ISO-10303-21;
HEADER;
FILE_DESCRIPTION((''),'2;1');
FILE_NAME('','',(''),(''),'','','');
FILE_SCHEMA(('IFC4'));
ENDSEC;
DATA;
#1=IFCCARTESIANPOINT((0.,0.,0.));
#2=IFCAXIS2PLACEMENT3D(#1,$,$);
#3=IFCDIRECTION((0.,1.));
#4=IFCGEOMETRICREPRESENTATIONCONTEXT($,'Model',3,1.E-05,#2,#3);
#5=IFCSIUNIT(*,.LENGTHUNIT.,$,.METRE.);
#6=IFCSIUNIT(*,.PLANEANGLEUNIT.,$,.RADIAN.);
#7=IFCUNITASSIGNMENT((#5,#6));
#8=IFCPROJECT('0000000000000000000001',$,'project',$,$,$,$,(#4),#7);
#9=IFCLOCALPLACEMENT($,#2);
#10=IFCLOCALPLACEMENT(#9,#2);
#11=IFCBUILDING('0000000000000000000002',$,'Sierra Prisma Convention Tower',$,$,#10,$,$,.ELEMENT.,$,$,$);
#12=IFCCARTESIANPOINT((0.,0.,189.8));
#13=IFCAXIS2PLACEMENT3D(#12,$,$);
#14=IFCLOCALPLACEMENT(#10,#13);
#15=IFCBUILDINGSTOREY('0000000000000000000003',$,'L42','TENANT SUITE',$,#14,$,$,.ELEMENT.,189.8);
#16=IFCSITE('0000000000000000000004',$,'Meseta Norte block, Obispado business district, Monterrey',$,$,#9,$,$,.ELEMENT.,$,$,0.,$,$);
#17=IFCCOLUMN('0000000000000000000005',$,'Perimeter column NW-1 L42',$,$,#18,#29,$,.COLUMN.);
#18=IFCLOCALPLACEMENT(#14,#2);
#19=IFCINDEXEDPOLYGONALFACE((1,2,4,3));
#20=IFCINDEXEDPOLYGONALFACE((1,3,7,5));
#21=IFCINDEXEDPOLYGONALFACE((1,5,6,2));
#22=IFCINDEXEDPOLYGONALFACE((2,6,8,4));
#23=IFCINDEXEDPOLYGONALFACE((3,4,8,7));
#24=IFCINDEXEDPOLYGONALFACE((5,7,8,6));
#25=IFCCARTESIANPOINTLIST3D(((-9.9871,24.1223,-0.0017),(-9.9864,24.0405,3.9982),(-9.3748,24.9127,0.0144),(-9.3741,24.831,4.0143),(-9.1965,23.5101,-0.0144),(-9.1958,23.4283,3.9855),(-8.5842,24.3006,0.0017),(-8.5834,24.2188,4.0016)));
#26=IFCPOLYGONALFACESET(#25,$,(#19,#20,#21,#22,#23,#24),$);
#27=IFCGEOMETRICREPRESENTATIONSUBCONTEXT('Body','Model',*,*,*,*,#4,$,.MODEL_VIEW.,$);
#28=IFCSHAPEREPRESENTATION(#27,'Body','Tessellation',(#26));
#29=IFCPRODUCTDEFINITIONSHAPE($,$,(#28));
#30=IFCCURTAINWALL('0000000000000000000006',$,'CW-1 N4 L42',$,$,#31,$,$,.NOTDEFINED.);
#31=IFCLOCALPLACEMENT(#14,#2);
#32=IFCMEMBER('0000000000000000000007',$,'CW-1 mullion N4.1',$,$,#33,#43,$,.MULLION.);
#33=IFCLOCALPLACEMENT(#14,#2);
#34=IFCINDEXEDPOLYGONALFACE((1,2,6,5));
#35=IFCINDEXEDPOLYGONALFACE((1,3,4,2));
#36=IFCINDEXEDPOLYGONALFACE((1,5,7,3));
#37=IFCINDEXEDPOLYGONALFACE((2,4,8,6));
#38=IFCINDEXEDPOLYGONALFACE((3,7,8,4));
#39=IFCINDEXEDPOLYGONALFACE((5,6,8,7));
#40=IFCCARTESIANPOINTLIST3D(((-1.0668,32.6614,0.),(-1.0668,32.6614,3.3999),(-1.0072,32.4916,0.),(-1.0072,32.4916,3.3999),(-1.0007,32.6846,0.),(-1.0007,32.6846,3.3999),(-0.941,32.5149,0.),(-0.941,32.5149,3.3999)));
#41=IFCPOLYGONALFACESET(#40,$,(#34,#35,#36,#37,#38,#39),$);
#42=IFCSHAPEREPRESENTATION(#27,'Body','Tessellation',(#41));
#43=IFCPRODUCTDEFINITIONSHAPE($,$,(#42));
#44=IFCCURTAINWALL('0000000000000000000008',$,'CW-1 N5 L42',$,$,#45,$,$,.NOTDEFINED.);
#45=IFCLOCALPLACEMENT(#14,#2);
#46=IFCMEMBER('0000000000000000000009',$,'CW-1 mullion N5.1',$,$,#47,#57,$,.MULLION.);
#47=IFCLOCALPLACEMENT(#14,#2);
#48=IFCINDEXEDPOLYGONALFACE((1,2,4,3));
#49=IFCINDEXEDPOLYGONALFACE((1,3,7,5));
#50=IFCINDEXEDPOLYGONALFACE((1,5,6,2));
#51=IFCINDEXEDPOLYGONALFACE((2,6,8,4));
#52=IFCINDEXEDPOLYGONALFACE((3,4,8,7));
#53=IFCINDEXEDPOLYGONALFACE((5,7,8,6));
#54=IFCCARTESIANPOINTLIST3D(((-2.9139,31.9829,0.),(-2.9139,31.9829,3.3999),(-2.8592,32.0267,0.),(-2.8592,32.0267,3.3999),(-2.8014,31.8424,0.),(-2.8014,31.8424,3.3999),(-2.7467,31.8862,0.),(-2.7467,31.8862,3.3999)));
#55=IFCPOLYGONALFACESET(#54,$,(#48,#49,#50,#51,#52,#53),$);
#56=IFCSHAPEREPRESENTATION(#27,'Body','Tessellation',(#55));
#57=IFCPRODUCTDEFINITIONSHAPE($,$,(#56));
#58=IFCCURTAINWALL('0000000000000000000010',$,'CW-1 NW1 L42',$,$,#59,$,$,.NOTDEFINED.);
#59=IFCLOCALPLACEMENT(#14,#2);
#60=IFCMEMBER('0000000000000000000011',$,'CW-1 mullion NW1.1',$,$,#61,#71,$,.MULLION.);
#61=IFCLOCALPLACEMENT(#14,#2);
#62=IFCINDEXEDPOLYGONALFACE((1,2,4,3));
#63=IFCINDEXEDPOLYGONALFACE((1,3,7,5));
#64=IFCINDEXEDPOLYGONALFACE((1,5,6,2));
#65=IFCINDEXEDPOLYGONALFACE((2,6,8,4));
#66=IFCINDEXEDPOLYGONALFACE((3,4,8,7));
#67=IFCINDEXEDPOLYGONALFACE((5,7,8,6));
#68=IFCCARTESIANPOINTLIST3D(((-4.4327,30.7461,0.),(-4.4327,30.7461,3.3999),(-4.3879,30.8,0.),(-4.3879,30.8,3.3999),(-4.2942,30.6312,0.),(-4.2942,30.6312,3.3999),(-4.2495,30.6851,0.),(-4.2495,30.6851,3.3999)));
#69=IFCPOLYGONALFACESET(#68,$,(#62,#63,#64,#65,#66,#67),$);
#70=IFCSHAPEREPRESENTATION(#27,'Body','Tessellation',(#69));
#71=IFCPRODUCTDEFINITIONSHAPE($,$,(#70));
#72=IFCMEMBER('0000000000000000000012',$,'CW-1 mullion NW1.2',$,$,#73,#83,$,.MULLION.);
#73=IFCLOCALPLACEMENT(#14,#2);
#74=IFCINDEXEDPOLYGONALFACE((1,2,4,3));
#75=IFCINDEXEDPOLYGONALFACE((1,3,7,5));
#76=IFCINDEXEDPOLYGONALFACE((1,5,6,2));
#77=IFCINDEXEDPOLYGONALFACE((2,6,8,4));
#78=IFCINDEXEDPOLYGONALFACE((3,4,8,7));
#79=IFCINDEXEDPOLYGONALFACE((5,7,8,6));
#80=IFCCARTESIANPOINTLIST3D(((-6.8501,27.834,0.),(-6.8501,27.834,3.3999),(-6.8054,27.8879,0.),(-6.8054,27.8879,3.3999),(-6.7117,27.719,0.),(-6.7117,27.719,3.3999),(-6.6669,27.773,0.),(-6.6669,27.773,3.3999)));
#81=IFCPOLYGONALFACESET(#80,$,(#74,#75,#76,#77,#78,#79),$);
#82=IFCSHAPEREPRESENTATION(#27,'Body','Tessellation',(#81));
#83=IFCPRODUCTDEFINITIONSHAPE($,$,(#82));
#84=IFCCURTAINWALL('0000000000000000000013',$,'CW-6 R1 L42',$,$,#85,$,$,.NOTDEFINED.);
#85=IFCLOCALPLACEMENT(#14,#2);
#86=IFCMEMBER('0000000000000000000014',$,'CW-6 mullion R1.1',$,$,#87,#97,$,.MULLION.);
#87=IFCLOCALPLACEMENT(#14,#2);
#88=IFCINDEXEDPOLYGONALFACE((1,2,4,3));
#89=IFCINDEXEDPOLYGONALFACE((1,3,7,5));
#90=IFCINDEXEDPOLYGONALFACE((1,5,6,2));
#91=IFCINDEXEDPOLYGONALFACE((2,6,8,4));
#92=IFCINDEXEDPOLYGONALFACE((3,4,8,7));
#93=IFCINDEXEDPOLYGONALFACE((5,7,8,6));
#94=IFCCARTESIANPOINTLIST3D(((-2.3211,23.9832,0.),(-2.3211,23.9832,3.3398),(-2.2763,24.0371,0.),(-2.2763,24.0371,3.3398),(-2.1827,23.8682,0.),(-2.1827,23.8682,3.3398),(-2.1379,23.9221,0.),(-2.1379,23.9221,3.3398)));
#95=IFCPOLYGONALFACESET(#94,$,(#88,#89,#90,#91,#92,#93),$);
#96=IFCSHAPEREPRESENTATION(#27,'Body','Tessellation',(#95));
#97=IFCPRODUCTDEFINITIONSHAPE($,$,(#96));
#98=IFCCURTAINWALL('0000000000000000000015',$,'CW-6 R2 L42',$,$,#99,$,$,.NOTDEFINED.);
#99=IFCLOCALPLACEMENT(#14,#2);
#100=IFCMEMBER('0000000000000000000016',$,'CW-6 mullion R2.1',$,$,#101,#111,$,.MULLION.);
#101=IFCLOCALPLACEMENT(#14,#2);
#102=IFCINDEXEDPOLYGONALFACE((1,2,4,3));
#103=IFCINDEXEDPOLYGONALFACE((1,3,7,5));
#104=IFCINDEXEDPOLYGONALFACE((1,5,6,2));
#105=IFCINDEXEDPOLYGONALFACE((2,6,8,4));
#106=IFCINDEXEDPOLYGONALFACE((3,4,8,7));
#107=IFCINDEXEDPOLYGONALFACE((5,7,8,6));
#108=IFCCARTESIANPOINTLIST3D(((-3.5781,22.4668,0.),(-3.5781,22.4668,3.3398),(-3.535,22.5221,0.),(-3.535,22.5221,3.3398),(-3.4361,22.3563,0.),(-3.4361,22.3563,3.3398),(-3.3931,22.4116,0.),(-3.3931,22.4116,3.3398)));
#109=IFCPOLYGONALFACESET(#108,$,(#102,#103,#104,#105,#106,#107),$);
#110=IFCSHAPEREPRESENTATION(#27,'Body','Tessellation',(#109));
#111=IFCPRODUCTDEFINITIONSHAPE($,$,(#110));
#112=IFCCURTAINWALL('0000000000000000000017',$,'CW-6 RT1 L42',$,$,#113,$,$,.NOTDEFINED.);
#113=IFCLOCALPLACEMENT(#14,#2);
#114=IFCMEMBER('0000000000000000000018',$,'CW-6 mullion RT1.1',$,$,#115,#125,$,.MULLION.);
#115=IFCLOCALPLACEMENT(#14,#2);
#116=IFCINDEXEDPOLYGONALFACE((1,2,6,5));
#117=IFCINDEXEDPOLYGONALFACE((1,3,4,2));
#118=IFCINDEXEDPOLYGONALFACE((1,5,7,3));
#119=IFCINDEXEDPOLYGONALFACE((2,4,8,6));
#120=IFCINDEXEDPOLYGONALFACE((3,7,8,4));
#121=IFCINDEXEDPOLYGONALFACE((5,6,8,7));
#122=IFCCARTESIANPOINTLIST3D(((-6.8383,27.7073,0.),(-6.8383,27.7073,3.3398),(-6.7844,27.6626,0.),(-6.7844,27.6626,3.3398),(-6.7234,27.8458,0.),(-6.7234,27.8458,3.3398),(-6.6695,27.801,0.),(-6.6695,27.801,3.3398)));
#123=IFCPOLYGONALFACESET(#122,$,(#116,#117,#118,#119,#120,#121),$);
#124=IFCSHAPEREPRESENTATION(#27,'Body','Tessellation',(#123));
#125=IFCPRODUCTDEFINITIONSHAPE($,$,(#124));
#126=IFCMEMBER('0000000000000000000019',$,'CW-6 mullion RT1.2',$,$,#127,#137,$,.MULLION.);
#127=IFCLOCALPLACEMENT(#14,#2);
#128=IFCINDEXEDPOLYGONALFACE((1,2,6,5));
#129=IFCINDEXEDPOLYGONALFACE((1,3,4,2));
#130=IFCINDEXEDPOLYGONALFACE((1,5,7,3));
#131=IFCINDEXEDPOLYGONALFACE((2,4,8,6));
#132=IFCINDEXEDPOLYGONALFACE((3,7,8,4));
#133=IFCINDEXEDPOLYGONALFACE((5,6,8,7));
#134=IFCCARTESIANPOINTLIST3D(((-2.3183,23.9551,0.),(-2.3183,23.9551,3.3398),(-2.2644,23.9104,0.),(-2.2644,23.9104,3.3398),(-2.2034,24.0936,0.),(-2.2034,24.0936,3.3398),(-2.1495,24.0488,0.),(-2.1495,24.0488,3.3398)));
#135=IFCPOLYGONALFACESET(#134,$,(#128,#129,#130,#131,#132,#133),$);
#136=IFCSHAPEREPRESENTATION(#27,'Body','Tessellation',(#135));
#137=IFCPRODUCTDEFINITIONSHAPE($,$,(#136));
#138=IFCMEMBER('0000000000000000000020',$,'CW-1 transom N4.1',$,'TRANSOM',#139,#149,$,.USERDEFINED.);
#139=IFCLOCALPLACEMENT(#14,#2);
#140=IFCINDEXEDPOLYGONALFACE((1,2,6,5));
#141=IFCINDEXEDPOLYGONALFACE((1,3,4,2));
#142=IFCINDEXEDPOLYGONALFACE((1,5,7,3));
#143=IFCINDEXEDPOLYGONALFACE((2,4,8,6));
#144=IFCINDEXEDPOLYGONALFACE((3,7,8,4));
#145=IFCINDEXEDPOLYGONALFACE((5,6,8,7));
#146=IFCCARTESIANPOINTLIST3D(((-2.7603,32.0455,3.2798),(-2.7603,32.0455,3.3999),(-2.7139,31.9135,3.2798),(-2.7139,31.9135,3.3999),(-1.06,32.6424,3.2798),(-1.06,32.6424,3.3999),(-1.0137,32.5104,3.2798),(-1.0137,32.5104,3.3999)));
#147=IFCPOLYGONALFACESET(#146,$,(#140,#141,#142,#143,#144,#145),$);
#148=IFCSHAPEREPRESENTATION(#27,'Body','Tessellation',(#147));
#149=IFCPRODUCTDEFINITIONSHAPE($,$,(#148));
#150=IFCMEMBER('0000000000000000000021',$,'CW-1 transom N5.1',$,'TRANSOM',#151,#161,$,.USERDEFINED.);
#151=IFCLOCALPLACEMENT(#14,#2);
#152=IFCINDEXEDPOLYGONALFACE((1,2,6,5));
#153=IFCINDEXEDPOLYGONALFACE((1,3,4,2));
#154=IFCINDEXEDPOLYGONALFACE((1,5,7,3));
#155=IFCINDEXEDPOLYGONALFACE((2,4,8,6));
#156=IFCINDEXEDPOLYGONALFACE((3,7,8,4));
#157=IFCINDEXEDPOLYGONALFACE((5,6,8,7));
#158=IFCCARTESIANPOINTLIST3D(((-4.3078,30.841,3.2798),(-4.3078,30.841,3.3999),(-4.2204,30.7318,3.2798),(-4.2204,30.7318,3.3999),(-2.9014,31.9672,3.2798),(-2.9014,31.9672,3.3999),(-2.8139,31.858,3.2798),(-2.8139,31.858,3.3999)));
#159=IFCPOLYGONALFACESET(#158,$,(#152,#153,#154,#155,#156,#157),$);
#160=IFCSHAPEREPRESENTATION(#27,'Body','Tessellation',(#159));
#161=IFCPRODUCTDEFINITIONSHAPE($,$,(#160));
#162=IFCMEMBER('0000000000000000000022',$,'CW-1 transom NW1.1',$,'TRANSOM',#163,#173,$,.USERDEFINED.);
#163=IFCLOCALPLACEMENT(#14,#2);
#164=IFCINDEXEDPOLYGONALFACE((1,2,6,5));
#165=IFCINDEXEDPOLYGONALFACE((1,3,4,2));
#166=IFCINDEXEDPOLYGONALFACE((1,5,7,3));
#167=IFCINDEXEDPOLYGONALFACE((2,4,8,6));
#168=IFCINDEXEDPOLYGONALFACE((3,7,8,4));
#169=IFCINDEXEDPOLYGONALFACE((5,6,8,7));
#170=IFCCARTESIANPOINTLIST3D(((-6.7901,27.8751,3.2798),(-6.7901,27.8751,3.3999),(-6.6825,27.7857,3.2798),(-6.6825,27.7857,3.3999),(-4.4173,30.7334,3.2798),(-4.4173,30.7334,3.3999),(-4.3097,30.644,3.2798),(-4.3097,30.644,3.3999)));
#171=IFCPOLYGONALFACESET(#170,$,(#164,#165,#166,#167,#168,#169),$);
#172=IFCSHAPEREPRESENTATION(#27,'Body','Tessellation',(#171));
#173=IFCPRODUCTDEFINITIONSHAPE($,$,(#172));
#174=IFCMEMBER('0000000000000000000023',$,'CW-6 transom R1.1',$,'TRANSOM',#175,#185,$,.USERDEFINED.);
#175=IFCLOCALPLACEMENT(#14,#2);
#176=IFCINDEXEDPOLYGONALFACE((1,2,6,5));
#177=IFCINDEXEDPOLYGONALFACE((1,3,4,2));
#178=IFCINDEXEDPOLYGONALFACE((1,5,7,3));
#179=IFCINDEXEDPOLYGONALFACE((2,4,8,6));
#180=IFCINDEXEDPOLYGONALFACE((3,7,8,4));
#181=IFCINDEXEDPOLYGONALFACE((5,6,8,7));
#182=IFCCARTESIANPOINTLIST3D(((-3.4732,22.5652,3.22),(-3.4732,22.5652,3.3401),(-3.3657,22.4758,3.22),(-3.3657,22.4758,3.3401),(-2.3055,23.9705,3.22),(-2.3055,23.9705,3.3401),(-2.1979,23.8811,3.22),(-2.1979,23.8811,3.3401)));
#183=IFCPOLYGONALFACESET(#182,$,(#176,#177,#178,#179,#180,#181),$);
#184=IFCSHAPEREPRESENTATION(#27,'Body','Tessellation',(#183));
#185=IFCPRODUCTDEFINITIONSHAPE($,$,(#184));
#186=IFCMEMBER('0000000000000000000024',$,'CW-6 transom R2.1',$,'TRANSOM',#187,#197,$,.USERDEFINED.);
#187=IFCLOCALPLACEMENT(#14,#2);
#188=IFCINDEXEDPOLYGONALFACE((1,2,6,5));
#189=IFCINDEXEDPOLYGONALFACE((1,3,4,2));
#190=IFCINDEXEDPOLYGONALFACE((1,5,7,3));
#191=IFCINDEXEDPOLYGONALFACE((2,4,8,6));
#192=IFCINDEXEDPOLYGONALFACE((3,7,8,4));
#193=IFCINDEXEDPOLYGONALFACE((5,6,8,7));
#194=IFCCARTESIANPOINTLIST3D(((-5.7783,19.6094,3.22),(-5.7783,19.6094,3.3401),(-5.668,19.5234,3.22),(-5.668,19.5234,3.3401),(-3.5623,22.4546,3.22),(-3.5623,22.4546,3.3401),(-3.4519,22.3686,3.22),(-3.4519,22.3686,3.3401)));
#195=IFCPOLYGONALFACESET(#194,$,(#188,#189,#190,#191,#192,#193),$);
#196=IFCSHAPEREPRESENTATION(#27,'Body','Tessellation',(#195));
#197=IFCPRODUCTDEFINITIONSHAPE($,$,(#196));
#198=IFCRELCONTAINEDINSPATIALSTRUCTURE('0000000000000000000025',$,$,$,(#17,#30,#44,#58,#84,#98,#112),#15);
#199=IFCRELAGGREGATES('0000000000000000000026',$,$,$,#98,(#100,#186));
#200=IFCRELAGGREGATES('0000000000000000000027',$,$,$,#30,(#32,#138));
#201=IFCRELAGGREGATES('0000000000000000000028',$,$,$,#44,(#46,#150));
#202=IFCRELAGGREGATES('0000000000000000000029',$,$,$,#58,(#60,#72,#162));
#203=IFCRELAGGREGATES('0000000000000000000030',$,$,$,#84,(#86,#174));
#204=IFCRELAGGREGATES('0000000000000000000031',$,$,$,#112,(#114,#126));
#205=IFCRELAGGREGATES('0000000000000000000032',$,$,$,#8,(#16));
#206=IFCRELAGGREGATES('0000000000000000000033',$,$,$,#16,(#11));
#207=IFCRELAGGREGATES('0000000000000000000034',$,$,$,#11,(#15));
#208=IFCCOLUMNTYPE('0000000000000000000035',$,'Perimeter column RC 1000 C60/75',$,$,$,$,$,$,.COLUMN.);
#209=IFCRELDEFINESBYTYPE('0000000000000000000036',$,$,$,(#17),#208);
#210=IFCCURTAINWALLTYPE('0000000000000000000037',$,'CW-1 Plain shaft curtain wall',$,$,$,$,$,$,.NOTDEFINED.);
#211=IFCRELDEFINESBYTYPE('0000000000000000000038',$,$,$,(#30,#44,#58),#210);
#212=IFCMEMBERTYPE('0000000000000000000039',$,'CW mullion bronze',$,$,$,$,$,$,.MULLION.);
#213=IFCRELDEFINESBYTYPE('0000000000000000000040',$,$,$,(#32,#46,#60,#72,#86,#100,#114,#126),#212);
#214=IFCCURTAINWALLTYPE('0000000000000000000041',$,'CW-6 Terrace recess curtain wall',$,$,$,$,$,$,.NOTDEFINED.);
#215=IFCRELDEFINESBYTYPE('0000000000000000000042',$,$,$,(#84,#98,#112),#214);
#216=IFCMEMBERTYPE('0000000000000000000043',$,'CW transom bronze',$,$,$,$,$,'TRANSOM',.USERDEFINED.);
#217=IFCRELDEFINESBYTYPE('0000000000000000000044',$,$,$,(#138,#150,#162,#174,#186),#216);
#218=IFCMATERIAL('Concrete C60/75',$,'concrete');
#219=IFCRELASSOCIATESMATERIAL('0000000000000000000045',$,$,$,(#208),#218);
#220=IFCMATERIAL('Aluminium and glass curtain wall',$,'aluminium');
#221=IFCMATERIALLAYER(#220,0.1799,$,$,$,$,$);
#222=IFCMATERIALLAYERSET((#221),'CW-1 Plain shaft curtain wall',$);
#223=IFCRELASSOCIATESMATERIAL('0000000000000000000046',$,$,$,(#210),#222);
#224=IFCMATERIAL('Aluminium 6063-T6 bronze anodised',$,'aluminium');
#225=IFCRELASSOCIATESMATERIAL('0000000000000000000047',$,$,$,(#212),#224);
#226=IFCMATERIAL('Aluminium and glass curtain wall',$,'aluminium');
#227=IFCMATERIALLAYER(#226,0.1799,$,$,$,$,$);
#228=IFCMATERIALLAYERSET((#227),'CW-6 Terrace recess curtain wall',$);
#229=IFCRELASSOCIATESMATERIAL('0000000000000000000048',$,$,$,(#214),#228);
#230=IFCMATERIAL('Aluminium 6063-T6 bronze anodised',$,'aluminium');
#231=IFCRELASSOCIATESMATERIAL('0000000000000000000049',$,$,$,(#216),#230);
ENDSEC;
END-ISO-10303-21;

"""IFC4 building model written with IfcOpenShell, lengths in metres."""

from ifc_helpers import new_model, si_unit, direction, frame, origin, origin_2d, place, context, subcontext, project, spatial, rectangle, extrude, material, layer, layer_set, material_profile, profile_set, type_object, element, aggregate, save


model = new_model("IFC4")

# Units and contexts
model_context = context("Model", 3, precision=1e-05, world=origin(), true_north=direction((0.0, 1.0)))
body_context = subcontext(model_context, "Body", "Model", "MODEL_VIEW")
ifc_project = project(units=[si_unit("LENGTHUNIT", "METRE"), si_unit("PLANEANGLEUNIT", "RADIAN")], contexts=[model_context])

# Site, building, storey
site_placement = place(None, origin())
site = spatial("IfcSite", under=ifc_project, at=site_placement, Name="Meseta Norte block, Obispado business district, Monterrey", CompositionType="ELEMENT", RefElevation=0.0)
building_placement = place(site_placement, origin())
building = spatial("IfcBuilding", under=site, at=building_placement, Name="Sierra Prisma Convention Tower", CompositionType="ELEMENT")
storey_placement = place(building_placement, frame((0.0, 0.0, 189.8)))
storey = spatial("IfcBuildingStorey", under=building, at=storey_placement, Name="L42", Description="TENANT SUITE", CompositionType="ELEMENT", Elevation=189.8)

# Column
ifc_material_1 = material(Name="Concrete C60/75", Category="concrete")
ifc_material_profile_1 = material_profile(ifc_material_1, rectangle(XDim=1.0, YDim=1.0, at=origin_2d()), Name="Perimeter column RC 1000 C60/75")
ifc_profile_set_1 = profile_set([ifc_material_profile_1], Name="Concrete C60/75")
column_type = type_object("IfcColumnType", Name="Perimeter column RC 1000 C60/75", PredefinedType="COLUMN", material=ifc_profile_set_1)
column_placement = place(storey_placement, frame((-9.2856, 24.2114, 0.0), z_axis=(0.000183, -0.020443, 0.999791), x_axis=(0.612322, 0.790445, 0.01605)))
element("IfcColumn", 1, at=column_placement, inside=storey, type_object=column_type, Name="Perimeter column NW-1 L42", PredefinedType="COLUMN", context=body_context, shape_type="SweptSolid", body=[
    extrude(rectangle(XDim=1.0, YDim=1.0, at=origin_2d()), origin(), (0.0, 0.0, 1.0), 4.0007),
])

# Curtain walls, members
ifc_material_2 = material(Name="Aluminium and glass curtain wall", Category="aluminium")
ifc_layer_1 = layer(ifc_material_2, 0.1799)
ifc_layer_set_1 = layer_set([ifc_layer_1], Name="CW-1 Plain shaft curtain wall")
curtain_wall_type_1 = type_object("IfcCurtainWallType", Name="CW-1 Plain shaft curtain wall", PredefinedType="NOTDEFINED", material=ifc_layer_set_1)
curtain_wall_1_placement = place(storey_placement, origin())
curtain_wall_1 = element("IfcCurtainWall", 2, at=curtain_wall_1_placement, inside=storey, type_object=curtain_wall_type_1, Name="CW-1 N4 L42", PredefinedType="NOTDEFINED")
ifc_material_3 = material(Name="Aluminium 6063-T6 bronze anodised", Category="aluminium")
ifc_material_profile_2 = material_profile(ifc_material_3, rectangle(XDim=0.1799, YDim=0.0701, at=origin_2d()), Name="ALU MULLION 70x180")
ifc_profile_set_2 = profile_set([ifc_material_profile_2], Name="Aluminium 6063-T6 bronze anodised")
member_type_1 = type_object("IfcMemberType", Name="CW mullion bronze", PredefinedType="MULLION", material=ifc_profile_set_2)
member_1_placement = place(storey_placement, frame((-1.0039, 32.5881, 0.0), z_axis=(0.0, 0.0, 1.0), x_axis=(0.331263, -0.943539, 0.0)))
member_1 = element("IfcMember", 3, at=member_1_placement, type_object=member_type_1, Name="CW-1 mullion N4.1", PredefinedType="MULLION", context=body_context, shape_type="SweptSolid", body=[
    extrude(rectangle(XDim=0.1799, YDim=0.0701, at=origin_2d()), origin(), (0.0, 0.0, 1.0), 3.3999),
])
curtain_wall_2_placement = place(storey_placement, origin())
curtain_wall_2 = element("IfcCurtainWall", 4, at=curtain_wall_2_placement, inside=storey, type_object=curtain_wall_type_1, Name="CW-1 N5 L42", PredefinedType="NOTDEFINED")
member_2_placement = place(storey_placement, frame((-2.8303, 31.9346, 0.0), z_axis=(0.0, 0.0, 1.0), x_axis=(0.625118, -0.78053, 0.0)))
member_2 = element("IfcMember", 5, at=member_2_placement, type_object=member_type_1, Name="CW-1 mullion N5.1", PredefinedType="MULLION", context=body_context, shape_type="SweptSolid", body=[
    extrude(rectangle(XDim=0.1799, YDim=0.0701, at=origin_2d()), origin(), (0.0, 0.0, 1.0), 3.3999),
])

# Curtain wall, members
curtain_wall_3_placement = place(storey_placement, origin())
curtain_wall_3 = element("IfcCurtainWall", 6, at=curtain_wall_3_placement, inside=storey, type_object=curtain_wall_type_1, Name="CW-1 NW1 L42", PredefinedType="NOTDEFINED")
member_3_placement = place(storey_placement, frame((-4.3411, 30.7156, 0.0), z_axis=(0.0, 0.0, 1.0), x_axis=(0.769433, -0.638728, 0.0)))
member_3 = element("IfcMember", 7, at=member_3_placement, type_object=member_type_1, Name="CW-1 mullion NW1.1", PredefinedType="MULLION", context=body_context, shape_type="SweptSolid", body=[
    extrude(rectangle(XDim=0.1799, YDim=0.0701, at=origin_2d()), origin(), (0.0, 0.0, 1.0), 3.3999),
])
member_4_placement = place(storey_placement, frame((-6.7585, 27.8035, 0.0), z_axis=(0.0, 0.0, 1.0), x_axis=(0.769433, -0.638728, 0.0)))
member_4 = element("IfcMember", 8, at=member_4_placement, type_object=member_type_1, Name="CW-1 mullion NW1.2", PredefinedType="MULLION", context=body_context, shape_type="SweptSolid", body=[
    extrude(rectangle(XDim=0.1799, YDim=0.0701, at=origin_2d()), origin(), (0.0, 0.0, 1.0), 3.3999),
])

# Curtain walls, members
ifc_material_4 = material(Name="Aluminium and glass curtain wall", Category="aluminium")
ifc_layer_2 = layer(ifc_material_4, 0.1799)
ifc_layer_set_2 = layer_set([ifc_layer_2], Name="CW-6 Terrace recess curtain wall")
curtain_wall_type_2 = type_object("IfcCurtainWallType", Name="CW-6 Terrace recess curtain wall", PredefinedType="NOTDEFINED", material=ifc_layer_set_2)
curtain_wall_4_placement = place(storey_placement, origin())
curtain_wall_4 = element("IfcCurtainWall", 9, at=curtain_wall_4_placement, inside=storey, type_object=curtain_wall_type_2, Name="CW-6 R1 L42", PredefinedType="NOTDEFINED")
member_5_placement = place(storey_placement, frame((-2.2295, 23.9526, 0.0), z_axis=(0.0, 0.0, 1.0), x_axis=(0.769102, -0.639126, 0.0)))
member_5 = element("IfcMember", 10, at=member_5_placement, type_object=member_type_1, Name="CW-6 mullion R1.1", PredefinedType="MULLION", context=body_context, shape_type="SweptSolid", body=[
    extrude(rectangle(XDim=0.1799, YDim=0.0701, at=origin_2d()), origin(), (0.0, 0.0, 1.0), 3.3398),
])
curtain_wall_5_placement = place(storey_placement, origin())
curtain_wall_5 = element("IfcCurtainWall", 11, at=curtain_wall_5_placement, inside=storey, type_object=curtain_wall_type_2, Name="CW-6 R2 L42", PredefinedType="NOTDEFINED")
member_6_placement = place(storey_placement, frame((-3.4856, 22.4392, 0.0), z_axis=(0.0, 0.0, 1.0), x_axis=(0.788947, -0.614461, 0.0)))
member_6 = element("IfcMember", 12, at=member_6_placement, type_object=member_type_1, Name="CW-6 mullion R2.1", PredefinedType="MULLION", context=body_context, shape_type="SweptSolid", body=[
    extrude(rectangle(XDim=0.1799, YDim=0.0701, at=origin_2d()), origin(), (0.0, 0.0, 1.0), 3.3398),
])

# Curtain wall, members
curtain_wall_6_placement = place(storey_placement, origin())
curtain_wall_6 = element("IfcCurtainWall", 13, at=curtain_wall_6_placement, inside=storey, type_object=curtain_wall_type_2, Name="CW-6 RT1 L42", PredefinedType="NOTDEFINED")
member_7_placement = place(storey_placement, frame((-6.7539, 27.7542, 0.0), z_axis=(0.0, 0.0, 1.0), x_axis=(0.638728, 0.769433, 0.0)))
member_7 = element("IfcMember", 14, at=member_7_placement, type_object=member_type_1, Name="CW-6 mullion RT1.1", PredefinedType="MULLION", context=body_context, shape_type="SweptSolid", body=[
    extrude(rectangle(XDim=0.1799, YDim=0.0701, at=origin_2d()), origin(), (0.0, 0.0, 1.0), 3.3398),
])
member_8_placement = place(storey_placement, frame((-2.2339, 24.002, 0.0), z_axis=(0.0, 0.0, 1.0), x_axis=(0.638728, 0.769433, 0.0)))
member_8 = element("IfcMember", 15, at=member_8_placement, type_object=member_type_1, Name="CW-6 mullion RT1.2", PredefinedType="MULLION", context=body_context, shape_type="SweptSolid", body=[
    extrude(rectangle(XDim=0.1799, YDim=0.0701, at=origin_2d()), origin(), (0.0, 0.0, 1.0), 3.3398),
])

# Members
ifc_material_5 = material(Name="Aluminium 6063-T6 bronze anodised", Category="aluminium")
ifc_material_profile_3 = material_profile(ifc_material_5, rectangle(XDim=0.1399, YDim=0.1201, at=origin_2d()), Name="ALU TRANSOM 120x140")
ifc_profile_set_3 = profile_set([ifc_material_profile_3], Name="Aluminium 6063-T6 bronze anodised")
member_type_2 = type_object("IfcMemberType", Name="CW transom bronze", ElementType="TRANSOM", PredefinedType="USERDEFINED", material=ifc_profile_set_3)
member_9_placement = place(storey_placement, frame((-1.0369, 32.5764, 3.3398), z_axis=(-0.943537, -0.331268, 0.0), x_axis=(0.331268, -0.943537, 0.0)))
member_9 = element("IfcMember", 16, at=member_9_placement, type_object=member_type_2, Name="CW-1 transom N4.1", ObjectType="TRANSOM", PredefinedType="USERDEFINED", context=body_context, shape_type="SweptSolid", body=[
    extrude(rectangle(XDim=0.1399, YDim=0.1201, at=origin_2d()), origin(), (0.0, 0.0, 1.0), 1.802),
])
member_10_placement = place(storey_placement, frame((-2.8577, 31.9126, 3.3398), z_axis=(-0.780591, -0.625042, 0.0), x_axis=(0.625042, -0.780591, 0.0)))
member_10 = element("IfcMember", 17, at=member_10_placement, type_object=member_type_2, Name="CW-1 transom N5.1", ObjectType="TRANSOM", PredefinedType="USERDEFINED", context=body_context, shape_type="SweptSolid", body=[
    extrude(rectangle(XDim=0.1399, YDim=0.1201, at=origin_2d()), origin(), (0.0, 0.0, 1.0), 1.8018),
])
member_11_placement = place(storey_placement, frame((-4.3635, 30.6887, 3.3398), z_axis=(-0.638722, -0.769437, 0.0), x_axis=(0.769437, -0.638722, 0.0)))
member_11 = element("IfcMember", 18, at=member_11_placement, type_object=member_type_2, Name="CW-1 transom NW1.1", ObjectType="TRANSOM", PredefinedType="USERDEFINED", context=body_context, shape_type="SweptSolid", body=[
    extrude(rectangle(XDim=0.1399, YDim=0.1201, at=origin_2d()), origin(), (0.0, 0.0, 1.0), 3.7148),
])
member_12_placement = place(storey_placement, frame((-2.2517, 23.9258, 3.28), z_axis=(-0.639106, -0.769119, 0.0), x_axis=(0.769119, -0.639106, 0.0)))
member_12 = element("IfcMember", 19, at=member_12_placement, type_object=member_type_2, Name="CW-6 transom R1.1", ObjectType="TRANSOM", PredefinedType="USERDEFINED", context=body_context, shape_type="SweptSolid", body=[
    extrude(rectangle(XDim=0.1399, YDim=0.1201, at=origin_2d()), origin(), (0.0, 0.0, 1.0), 1.8271),
])
member_13_placement = place(storey_placement, frame((-3.5071, 22.4116, 3.28), z_axis=(-0.614479, -0.788933, 0.0), x_axis=(0.788933, -0.614479, 0.0)))
member_13 = element("IfcMember", 20, at=member_13_placement, type_object=member_type_2, Name="CW-6 transom R2.1", ObjectType="TRANSOM", PredefinedType="USERDEFINED", context=body_context, shape_type="SweptSolid", body=[
    extrude(rectangle(XDim=0.1399, YDim=0.1201, at=origin_2d()), origin(), (0.0, 0.0, 1.0), 3.6064),
])
aggregate(curtain_wall_5, [member_6, member_13])

aggregate(curtain_wall_1, [member_1, member_9])
aggregate(curtain_wall_2, [member_2, member_10])
aggregate(curtain_wall_3, [member_3, member_4, member_11])
aggregate(curtain_wall_4, [member_5, member_12])
aggregate(curtain_wall_6, [member_7, member_8])

save(model, "model.ifc")
